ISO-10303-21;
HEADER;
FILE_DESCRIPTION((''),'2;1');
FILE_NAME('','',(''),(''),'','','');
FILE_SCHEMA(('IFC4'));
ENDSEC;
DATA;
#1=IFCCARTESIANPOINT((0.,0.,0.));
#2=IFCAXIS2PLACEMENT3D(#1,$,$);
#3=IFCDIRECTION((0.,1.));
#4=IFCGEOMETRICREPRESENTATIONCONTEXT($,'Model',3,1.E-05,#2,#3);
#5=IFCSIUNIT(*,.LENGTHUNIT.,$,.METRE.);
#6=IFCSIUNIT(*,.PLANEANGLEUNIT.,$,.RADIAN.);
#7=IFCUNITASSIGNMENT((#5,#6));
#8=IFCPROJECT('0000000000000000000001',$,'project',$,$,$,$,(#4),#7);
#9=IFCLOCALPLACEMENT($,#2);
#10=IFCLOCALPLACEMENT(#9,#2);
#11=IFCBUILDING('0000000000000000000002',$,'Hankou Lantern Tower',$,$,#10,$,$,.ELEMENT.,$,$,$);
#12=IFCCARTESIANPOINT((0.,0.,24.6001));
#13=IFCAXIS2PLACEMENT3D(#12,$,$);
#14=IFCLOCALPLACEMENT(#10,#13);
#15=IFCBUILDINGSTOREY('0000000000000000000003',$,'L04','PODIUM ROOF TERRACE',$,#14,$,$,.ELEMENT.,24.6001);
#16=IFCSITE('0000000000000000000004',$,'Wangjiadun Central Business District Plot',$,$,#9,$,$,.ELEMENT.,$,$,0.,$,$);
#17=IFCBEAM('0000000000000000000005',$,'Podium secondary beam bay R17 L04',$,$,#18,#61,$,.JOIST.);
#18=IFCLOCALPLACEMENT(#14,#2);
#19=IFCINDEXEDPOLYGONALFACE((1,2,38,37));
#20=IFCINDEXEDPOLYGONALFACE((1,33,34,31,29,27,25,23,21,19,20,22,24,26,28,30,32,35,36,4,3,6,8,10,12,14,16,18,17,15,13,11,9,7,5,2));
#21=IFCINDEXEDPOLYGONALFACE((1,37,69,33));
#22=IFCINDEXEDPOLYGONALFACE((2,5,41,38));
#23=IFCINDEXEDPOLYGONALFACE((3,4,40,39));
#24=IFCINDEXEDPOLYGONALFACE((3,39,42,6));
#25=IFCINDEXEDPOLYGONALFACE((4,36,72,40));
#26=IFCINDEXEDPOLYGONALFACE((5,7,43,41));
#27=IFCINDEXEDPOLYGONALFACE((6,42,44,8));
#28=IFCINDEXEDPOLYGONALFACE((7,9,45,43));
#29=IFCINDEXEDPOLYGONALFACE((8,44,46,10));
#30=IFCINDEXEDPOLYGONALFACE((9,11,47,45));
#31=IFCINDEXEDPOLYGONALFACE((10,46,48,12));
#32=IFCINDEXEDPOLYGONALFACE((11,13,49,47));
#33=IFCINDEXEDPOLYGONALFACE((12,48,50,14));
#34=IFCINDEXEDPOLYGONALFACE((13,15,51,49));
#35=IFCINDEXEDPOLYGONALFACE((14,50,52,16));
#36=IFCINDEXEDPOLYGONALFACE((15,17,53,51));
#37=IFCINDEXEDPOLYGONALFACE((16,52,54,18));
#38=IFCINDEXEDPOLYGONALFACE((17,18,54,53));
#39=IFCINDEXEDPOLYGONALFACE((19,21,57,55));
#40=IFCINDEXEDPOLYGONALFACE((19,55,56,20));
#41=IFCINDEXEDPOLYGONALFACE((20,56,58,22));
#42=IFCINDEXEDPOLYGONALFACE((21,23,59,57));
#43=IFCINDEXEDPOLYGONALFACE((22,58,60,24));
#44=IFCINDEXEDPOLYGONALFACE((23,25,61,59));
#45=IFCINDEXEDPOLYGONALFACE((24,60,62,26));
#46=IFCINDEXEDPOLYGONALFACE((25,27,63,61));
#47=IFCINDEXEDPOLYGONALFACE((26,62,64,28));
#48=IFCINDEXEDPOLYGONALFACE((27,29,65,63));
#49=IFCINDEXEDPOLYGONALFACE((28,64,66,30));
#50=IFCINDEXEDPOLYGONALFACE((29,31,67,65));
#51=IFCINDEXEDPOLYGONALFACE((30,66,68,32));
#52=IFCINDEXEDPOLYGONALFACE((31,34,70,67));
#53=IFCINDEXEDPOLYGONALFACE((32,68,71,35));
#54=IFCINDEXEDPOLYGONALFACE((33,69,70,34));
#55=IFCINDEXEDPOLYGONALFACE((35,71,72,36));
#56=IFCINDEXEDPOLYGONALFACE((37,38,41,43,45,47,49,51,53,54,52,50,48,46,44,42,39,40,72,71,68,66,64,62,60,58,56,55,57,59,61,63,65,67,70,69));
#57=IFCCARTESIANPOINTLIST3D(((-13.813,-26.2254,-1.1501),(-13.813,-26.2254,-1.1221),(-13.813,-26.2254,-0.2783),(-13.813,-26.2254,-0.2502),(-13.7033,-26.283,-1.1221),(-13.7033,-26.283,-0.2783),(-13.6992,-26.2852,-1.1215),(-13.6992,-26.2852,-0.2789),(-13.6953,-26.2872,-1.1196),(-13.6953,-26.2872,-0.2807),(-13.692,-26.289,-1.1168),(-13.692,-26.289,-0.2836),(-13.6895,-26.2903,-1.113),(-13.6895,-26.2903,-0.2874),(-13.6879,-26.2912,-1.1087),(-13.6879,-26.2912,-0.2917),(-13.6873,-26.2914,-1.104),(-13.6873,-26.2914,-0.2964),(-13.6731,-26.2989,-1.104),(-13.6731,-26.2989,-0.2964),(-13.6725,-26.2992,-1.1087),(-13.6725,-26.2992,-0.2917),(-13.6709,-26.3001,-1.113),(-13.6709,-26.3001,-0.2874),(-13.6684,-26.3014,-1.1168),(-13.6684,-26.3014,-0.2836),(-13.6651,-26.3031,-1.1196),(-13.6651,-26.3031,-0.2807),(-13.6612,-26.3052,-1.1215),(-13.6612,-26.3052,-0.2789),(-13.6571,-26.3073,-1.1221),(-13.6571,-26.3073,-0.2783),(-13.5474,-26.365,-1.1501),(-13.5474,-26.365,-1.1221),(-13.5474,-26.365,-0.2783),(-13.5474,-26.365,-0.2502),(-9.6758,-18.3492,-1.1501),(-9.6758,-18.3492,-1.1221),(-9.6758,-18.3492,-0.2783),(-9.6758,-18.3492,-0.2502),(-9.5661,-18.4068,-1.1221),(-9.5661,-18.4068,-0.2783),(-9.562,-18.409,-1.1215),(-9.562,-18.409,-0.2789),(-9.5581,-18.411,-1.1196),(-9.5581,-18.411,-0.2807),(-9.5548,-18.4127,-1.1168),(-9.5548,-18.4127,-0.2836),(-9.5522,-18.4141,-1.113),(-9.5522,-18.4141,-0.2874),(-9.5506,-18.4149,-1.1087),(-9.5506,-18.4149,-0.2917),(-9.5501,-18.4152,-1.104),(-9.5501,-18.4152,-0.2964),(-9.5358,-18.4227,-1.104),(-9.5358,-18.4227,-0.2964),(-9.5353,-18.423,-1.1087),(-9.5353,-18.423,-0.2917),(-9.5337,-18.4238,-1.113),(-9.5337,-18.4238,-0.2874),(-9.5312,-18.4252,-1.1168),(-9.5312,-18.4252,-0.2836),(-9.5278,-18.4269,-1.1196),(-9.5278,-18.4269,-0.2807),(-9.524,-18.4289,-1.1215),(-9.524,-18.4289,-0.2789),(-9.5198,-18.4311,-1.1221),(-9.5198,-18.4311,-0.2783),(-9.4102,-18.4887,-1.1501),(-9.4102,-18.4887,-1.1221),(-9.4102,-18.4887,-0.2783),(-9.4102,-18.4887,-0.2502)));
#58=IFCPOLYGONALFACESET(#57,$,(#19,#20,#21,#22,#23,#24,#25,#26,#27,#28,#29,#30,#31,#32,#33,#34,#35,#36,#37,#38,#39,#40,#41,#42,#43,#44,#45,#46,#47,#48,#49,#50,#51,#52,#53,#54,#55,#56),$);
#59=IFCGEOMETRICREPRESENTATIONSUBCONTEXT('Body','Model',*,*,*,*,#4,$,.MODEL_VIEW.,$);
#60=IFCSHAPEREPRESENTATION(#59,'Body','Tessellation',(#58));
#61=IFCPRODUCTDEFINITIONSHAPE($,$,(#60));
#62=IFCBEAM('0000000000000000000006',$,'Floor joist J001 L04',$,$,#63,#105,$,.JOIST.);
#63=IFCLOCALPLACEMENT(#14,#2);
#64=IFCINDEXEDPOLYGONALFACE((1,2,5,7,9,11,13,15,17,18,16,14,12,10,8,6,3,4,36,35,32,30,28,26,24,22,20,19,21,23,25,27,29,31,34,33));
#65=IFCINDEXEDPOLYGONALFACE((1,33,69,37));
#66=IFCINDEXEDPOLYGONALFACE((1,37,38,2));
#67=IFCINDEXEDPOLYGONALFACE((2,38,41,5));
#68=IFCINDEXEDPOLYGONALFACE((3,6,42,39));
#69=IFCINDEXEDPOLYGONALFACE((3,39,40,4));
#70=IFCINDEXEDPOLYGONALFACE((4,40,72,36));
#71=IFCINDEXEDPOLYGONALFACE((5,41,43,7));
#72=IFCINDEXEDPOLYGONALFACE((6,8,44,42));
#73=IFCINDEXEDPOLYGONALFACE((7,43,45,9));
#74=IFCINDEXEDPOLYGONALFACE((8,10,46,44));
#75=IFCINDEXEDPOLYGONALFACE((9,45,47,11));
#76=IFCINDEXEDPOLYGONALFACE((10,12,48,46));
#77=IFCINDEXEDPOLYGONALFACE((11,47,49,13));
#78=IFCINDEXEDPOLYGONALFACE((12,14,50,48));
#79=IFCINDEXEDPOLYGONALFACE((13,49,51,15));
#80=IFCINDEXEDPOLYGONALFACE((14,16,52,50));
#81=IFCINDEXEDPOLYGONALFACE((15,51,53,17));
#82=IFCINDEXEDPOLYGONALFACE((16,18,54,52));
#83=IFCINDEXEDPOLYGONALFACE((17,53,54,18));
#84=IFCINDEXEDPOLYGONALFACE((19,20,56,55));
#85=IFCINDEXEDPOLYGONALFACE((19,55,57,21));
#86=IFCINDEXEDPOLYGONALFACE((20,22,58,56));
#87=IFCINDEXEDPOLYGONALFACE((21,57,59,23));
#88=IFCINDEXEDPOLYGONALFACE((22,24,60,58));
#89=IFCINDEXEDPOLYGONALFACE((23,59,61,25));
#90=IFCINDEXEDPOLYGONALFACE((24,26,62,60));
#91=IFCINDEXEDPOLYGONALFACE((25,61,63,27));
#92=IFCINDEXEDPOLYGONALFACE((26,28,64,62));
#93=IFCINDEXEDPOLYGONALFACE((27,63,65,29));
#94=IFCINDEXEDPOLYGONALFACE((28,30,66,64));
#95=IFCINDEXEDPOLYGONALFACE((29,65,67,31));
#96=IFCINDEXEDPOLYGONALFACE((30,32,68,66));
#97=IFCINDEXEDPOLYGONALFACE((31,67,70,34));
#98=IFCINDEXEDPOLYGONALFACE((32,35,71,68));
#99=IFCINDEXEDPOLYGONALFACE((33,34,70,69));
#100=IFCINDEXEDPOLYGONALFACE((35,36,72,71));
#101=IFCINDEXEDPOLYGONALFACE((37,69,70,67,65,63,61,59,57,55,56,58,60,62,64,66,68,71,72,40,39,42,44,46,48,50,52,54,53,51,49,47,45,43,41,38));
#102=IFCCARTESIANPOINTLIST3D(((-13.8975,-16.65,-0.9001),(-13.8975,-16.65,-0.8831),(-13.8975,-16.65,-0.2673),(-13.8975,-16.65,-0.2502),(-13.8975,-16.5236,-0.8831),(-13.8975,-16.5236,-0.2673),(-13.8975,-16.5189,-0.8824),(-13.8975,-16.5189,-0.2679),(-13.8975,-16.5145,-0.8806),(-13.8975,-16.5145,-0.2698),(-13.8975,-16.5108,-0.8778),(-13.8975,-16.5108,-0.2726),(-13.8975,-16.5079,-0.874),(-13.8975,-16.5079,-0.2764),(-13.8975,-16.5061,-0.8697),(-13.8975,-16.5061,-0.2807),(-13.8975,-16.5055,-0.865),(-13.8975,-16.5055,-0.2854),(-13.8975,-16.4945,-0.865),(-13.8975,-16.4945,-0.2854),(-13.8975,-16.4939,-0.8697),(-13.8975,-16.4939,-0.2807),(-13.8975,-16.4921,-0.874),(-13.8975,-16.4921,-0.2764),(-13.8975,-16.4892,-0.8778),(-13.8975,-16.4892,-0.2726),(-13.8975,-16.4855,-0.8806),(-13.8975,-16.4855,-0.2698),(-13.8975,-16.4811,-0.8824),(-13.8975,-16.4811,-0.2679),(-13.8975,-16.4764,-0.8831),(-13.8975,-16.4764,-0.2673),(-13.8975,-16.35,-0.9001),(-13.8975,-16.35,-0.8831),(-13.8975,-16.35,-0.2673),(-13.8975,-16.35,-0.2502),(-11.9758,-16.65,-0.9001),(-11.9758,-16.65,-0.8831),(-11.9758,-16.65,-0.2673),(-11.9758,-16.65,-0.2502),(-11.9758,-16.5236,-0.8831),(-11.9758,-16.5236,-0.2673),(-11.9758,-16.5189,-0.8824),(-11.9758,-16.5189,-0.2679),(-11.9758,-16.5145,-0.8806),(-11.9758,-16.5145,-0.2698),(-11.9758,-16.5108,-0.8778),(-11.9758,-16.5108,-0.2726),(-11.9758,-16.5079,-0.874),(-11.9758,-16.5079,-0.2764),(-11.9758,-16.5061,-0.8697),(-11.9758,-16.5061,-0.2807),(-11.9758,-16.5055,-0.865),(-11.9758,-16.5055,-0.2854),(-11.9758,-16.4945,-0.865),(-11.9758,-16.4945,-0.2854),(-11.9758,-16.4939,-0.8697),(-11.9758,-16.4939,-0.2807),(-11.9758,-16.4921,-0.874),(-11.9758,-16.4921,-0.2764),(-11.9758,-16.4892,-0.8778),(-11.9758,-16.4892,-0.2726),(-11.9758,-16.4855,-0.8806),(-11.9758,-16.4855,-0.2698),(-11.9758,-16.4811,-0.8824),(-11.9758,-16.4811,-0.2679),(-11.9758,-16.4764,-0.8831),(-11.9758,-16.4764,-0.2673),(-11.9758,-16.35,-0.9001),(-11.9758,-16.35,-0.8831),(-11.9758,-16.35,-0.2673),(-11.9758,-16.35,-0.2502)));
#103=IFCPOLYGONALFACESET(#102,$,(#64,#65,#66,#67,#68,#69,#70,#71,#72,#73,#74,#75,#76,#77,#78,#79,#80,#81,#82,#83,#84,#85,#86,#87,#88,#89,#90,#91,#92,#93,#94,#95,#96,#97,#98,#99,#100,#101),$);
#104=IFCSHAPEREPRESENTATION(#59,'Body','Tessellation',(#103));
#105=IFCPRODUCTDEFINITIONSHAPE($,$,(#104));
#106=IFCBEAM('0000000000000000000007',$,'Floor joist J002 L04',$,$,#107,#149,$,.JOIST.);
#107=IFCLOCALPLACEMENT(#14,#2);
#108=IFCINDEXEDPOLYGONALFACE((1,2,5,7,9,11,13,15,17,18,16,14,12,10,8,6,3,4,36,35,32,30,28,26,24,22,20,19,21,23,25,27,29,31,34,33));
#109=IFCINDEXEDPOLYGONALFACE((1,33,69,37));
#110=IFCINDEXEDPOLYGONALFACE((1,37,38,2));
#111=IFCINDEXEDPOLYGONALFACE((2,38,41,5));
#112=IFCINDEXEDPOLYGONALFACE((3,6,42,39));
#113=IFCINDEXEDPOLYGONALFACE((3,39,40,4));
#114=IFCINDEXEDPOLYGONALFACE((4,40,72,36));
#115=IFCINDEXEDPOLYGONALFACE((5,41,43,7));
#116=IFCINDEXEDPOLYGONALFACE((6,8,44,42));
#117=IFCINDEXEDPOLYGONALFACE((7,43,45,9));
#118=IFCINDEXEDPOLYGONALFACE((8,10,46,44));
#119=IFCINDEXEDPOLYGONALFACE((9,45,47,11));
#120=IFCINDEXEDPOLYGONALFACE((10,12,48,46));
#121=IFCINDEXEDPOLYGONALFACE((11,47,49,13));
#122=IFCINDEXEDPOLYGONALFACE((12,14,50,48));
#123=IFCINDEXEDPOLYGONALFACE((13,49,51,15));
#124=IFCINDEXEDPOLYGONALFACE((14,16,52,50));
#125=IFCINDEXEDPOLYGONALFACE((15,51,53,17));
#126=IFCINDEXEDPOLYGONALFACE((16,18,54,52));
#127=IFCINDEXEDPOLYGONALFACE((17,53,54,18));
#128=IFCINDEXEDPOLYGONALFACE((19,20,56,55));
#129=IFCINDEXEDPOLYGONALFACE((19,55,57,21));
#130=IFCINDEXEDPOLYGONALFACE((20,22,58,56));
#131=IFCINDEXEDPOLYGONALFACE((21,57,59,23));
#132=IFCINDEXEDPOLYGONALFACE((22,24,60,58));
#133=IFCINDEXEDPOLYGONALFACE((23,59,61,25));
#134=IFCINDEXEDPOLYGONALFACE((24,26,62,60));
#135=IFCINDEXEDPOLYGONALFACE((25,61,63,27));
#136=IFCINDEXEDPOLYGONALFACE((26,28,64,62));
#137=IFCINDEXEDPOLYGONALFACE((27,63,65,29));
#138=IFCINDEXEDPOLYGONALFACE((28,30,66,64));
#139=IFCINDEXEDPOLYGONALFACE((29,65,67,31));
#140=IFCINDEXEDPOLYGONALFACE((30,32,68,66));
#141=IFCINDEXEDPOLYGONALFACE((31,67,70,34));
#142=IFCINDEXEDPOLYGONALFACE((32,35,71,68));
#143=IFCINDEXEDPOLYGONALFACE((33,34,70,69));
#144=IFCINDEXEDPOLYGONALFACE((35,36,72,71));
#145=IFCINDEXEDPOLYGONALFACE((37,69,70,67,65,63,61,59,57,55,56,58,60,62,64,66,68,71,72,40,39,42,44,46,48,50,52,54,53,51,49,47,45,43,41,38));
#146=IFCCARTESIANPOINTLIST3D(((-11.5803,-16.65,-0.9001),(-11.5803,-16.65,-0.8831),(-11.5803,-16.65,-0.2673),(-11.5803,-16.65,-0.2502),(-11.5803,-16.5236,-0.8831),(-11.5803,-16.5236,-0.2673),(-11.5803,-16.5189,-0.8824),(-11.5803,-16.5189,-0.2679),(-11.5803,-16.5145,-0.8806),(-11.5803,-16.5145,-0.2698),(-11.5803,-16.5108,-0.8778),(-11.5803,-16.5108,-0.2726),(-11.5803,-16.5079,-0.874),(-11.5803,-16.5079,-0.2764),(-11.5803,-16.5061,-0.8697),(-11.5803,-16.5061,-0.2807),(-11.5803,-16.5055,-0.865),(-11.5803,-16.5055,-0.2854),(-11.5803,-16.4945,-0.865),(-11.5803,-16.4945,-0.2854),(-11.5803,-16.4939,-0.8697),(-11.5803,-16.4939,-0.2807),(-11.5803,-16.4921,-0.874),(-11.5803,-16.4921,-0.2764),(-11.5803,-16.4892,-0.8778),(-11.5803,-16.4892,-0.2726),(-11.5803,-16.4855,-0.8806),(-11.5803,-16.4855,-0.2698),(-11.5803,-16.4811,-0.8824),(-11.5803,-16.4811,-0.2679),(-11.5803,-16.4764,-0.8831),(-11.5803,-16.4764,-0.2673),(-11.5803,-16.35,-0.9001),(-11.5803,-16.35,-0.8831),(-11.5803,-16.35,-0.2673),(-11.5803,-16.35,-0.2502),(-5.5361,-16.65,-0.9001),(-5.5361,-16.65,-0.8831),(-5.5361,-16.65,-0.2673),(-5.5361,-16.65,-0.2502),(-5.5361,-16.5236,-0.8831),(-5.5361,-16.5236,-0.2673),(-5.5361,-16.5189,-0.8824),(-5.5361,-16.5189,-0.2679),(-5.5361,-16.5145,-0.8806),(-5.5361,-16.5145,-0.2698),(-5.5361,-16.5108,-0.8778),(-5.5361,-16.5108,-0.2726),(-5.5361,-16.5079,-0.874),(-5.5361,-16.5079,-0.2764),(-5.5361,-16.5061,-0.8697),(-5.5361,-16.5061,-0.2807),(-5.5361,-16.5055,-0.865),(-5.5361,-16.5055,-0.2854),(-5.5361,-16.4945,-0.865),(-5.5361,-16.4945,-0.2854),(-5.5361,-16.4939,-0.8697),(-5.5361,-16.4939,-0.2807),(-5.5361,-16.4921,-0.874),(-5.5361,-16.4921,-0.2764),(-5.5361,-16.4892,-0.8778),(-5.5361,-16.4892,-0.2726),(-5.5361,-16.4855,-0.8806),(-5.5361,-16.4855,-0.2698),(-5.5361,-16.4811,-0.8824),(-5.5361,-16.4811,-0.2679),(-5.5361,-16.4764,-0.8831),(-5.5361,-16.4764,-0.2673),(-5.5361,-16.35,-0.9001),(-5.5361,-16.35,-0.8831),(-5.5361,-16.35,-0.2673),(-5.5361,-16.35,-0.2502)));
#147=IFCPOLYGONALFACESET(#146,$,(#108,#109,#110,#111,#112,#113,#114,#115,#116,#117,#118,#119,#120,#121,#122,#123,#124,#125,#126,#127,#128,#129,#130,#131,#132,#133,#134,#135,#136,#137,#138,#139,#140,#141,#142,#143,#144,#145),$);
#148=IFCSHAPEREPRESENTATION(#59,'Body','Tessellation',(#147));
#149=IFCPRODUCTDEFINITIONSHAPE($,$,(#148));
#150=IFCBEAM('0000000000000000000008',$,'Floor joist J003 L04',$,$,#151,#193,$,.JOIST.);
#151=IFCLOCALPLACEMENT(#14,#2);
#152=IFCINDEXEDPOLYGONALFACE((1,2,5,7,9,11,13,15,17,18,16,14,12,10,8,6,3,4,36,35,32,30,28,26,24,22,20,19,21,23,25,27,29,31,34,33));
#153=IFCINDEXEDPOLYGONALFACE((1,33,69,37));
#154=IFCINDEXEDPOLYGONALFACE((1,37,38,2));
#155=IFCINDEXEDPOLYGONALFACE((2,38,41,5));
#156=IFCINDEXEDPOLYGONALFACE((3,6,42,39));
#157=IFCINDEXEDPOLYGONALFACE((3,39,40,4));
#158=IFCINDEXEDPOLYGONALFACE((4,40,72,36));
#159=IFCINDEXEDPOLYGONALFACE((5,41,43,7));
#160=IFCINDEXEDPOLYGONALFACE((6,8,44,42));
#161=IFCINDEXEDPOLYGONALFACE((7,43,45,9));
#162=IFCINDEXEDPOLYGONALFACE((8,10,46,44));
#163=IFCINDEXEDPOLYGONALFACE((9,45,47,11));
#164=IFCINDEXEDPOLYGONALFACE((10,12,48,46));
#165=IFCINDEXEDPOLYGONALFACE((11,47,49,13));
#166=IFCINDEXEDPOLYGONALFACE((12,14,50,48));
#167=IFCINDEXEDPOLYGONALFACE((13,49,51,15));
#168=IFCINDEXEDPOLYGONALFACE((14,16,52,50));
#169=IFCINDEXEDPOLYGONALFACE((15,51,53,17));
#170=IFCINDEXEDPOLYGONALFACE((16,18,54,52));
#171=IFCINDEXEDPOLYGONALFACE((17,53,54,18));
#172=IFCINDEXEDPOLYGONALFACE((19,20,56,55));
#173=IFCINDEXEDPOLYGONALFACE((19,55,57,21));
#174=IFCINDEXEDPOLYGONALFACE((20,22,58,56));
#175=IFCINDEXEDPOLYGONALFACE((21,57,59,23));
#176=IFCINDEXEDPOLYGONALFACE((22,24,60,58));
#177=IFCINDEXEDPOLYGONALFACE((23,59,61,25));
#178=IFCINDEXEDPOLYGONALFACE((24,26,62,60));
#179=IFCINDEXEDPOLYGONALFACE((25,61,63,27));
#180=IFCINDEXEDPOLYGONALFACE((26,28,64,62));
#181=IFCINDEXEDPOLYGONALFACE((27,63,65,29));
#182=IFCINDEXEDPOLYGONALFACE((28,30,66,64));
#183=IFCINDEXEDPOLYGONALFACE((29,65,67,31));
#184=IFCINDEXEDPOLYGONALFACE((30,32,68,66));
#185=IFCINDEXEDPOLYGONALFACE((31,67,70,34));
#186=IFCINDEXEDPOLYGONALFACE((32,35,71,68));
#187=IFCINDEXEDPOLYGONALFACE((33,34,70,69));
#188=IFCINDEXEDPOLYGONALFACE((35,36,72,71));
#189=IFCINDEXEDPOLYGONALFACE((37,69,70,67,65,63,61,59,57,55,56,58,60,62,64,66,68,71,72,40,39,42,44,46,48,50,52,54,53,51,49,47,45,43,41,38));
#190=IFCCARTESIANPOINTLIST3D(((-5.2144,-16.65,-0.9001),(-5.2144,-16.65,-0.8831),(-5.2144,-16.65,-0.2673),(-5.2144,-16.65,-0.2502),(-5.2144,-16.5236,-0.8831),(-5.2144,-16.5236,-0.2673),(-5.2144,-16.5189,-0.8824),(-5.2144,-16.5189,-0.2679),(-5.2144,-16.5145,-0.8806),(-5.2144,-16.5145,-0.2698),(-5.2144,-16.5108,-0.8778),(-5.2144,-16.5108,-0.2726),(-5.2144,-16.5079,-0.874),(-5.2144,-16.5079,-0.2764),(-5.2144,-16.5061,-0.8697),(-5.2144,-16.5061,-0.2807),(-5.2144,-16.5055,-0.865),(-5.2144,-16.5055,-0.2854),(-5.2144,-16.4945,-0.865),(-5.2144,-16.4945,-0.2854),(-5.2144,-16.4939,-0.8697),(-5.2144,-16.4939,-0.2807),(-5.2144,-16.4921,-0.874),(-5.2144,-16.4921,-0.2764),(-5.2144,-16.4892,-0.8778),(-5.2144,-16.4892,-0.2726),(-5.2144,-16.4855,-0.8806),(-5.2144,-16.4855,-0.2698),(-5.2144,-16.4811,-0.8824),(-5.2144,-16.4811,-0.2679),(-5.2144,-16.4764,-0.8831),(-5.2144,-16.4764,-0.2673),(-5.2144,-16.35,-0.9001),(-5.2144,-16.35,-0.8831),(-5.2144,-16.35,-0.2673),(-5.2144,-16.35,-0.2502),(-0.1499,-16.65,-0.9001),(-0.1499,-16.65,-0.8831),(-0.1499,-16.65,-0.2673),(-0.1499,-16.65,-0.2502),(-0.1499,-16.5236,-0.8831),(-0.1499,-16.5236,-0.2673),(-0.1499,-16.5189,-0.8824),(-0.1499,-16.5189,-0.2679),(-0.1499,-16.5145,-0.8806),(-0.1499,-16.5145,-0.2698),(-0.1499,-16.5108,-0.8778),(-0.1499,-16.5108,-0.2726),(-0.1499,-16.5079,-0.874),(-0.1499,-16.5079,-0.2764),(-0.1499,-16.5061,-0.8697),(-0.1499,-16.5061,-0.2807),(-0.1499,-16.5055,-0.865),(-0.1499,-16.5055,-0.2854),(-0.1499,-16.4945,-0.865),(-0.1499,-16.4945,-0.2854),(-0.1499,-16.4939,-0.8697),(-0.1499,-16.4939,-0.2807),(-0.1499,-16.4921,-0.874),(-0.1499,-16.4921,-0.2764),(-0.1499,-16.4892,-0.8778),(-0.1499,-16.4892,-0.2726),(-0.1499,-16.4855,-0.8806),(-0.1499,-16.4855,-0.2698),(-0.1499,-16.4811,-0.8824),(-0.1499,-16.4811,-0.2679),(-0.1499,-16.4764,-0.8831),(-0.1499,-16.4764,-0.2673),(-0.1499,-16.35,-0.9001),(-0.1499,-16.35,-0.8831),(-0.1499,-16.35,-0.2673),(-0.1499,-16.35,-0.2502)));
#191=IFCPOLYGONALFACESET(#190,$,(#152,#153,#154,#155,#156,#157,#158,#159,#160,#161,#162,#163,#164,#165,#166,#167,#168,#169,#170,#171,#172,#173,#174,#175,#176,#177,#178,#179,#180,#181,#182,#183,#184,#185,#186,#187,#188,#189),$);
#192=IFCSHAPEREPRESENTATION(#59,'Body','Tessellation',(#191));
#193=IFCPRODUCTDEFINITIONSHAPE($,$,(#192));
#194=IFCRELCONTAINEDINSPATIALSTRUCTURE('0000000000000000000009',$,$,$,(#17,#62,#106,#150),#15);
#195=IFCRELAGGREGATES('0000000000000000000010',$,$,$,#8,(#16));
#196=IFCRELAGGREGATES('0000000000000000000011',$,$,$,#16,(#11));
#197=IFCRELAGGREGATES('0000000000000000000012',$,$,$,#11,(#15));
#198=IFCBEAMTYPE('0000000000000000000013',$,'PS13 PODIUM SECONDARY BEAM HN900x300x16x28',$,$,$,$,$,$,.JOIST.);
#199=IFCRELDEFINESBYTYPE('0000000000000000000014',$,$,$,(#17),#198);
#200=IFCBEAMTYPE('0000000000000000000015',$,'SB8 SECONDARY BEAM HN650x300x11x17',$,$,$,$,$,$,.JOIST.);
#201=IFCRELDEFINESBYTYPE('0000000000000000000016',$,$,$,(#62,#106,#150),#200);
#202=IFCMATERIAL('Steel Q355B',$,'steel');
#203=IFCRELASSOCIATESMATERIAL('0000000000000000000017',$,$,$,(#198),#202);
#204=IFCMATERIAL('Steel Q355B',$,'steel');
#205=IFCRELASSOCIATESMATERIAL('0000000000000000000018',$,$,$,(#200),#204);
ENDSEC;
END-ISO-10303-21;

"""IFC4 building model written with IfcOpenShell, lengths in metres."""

from ifc_helpers import new_model, si_unit, direction, frame, origin, origin_2d, place, context, subcontext, project, spatial, i_section, extrude, material, material_profile, profile_set, type_object, element, save


model = new_model("IFC4")

# Units and contexts
model_context = context("Model", 3, precision=1e-05, world=origin(), true_north=direction((0.0, 1.0)))
body_context = subcontext(model_context, "Body", "Model", "MODEL_VIEW")
ifc_project = project(units=[si_unit("LENGTHUNIT", "METRE"), si_unit("PLANEANGLEUNIT", "RADIAN")], contexts=[model_context])

# Site, building, storey
site_placement = place(None, origin())
site = spatial("IfcSite", under=ifc_project, at=site_placement, Name="Wangjiadun Central Business District Plot", CompositionType="ELEMENT", RefElevation=0.0)
building_placement = place(site_placement, origin())
building = spatial("IfcBuilding", under=site, at=building_placement, Name="Hankou Lantern Tower", CompositionType="ELEMENT")
storey_placement = place(building_placement, frame((0.0, 0.0, 24.6001)))
storey = spatial("IfcBuildingStorey", under=building, at=storey_placement, Name="L04", Description="PODIUM ROOF TERRACE", CompositionType="ELEMENT", Elevation=24.6001)

# Beams
ifc_material_1 = material(Name="Steel Q355B", Category="steel")
ifc_material_profile_1 = material_profile(ifc_material_1, i_section(OverallWidth=0.3, OverallDepth=0.8999, WebThickness=0.0161, FlangeThickness=0.0281, FilletRadius=0.0181, at=origin_2d()), Name="HN900x300x16x28")
ifc_profile_set_1 = profile_set([ifc_material_profile_1], Name="Steel Q355B")
beam_type_1 = type_object("IfcBeamType", Name="PS13 PODIUM SECONDARY BEAM HN900x300x16x28", PredefinedType="JOIST", material=ifc_profile_set_1)
beam_1_placement = place(storey_placement, frame((-9.543, -18.4189, -0.7002), z_axis=(-0.465027, -0.885297, 0.0), x_axis=(0.885297, -0.465027, 0.0)))
element("IfcBeam", 1, at=beam_1_placement, inside=storey, type_object=beam_type_1, Name="Podium secondary beam bay R17 L04", PredefinedType="JOIST", context=body_context, shape_type="SweptSolid", body=[
    extrude(i_section(OverallWidth=0.3, OverallDepth=0.8999, WebThickness=0.0161, FlangeThickness=0.0281, FilletRadius=0.0181, at=origin_2d()), origin(), (0.0, 0.0, 1.0), 8.8967),
])
ifc_material_2 = material(Name="Steel Q355B", Category="steel")
ifc_material_profile_2 = material_profile(ifc_material_2, i_section(OverallWidth=0.3, OverallDepth=0.6499, WebThickness=0.011, FlangeThickness=0.0171, FilletRadius=0.0181, at=origin_2d()), Name="HN650x300x11x17")
ifc_profile_set_2 = profile_set([ifc_material_profile_2], Name="Steel Q355B")
beam_type_2 = type_object("IfcBeamType", Name="SB8 SECONDARY BEAM HN650x300x11x17", PredefinedType="JOIST", material=ifc_profile_set_2)
beam_2_placement = place(storey_placement, frame((-13.8975, -16.5, -0.5752), z_axis=(1.0, 0.0, 0.0), x_axis=(0.0, 1.0, 0.0)))
element("IfcBeam", 2, at=beam_2_placement, inside=storey, type_object=beam_type_2, Name="Floor joist J001 L04", PredefinedType="JOIST", context=body_context, shape_type="SweptSolid", body=[
    extrude(i_section(OverallWidth=0.3, OverallDepth=0.6499, WebThickness=0.011, FlangeThickness=0.0171, FilletRadius=0.0181, at=origin_2d()), origin(), (0.0, 0.0, 1.0), 1.9216),
])
beam_3_placement = place(storey_placement, frame((-11.5803, -16.5, -0.5752), z_axis=(1.0, 0.0, 0.0), x_axis=(0.0, 1.0, 0.0)))
element("IfcBeam", 3, at=beam_3_placement, inside=storey, type_object=beam_type_2, Name="Floor joist J002 L04", PredefinedType="JOIST", context=body_context, shape_type="SweptSolid", body=[
    extrude(i_section(OverallWidth=0.3, OverallDepth=0.6499, WebThickness=0.011, FlangeThickness=0.0171, FilletRadius=0.0181, at=origin_2d()), origin(), (0.0, 0.0, 1.0), 6.0442),
])
beam_4_placement = place(storey_placement, frame((-5.2144, -16.5, -0.5752), z_axis=(1.0, 0.0, 0.0), x_axis=(0.0, 1.0, 0.0)))
element("IfcBeam", 4, at=beam_4_placement, inside=storey, type_object=beam_type_2, Name="Floor joist J003 L04", PredefinedType="JOIST", context=body_context, shape_type="SweptSolid", body=[
    extrude(i_section(OverallWidth=0.3, OverallDepth=0.6499, WebThickness=0.011, FlangeThickness=0.0171, FilletRadius=0.0181, at=origin_2d()), origin(), (0.0, 0.0, 1.0), 5.0645),
])

save(model, "model.ifc")
